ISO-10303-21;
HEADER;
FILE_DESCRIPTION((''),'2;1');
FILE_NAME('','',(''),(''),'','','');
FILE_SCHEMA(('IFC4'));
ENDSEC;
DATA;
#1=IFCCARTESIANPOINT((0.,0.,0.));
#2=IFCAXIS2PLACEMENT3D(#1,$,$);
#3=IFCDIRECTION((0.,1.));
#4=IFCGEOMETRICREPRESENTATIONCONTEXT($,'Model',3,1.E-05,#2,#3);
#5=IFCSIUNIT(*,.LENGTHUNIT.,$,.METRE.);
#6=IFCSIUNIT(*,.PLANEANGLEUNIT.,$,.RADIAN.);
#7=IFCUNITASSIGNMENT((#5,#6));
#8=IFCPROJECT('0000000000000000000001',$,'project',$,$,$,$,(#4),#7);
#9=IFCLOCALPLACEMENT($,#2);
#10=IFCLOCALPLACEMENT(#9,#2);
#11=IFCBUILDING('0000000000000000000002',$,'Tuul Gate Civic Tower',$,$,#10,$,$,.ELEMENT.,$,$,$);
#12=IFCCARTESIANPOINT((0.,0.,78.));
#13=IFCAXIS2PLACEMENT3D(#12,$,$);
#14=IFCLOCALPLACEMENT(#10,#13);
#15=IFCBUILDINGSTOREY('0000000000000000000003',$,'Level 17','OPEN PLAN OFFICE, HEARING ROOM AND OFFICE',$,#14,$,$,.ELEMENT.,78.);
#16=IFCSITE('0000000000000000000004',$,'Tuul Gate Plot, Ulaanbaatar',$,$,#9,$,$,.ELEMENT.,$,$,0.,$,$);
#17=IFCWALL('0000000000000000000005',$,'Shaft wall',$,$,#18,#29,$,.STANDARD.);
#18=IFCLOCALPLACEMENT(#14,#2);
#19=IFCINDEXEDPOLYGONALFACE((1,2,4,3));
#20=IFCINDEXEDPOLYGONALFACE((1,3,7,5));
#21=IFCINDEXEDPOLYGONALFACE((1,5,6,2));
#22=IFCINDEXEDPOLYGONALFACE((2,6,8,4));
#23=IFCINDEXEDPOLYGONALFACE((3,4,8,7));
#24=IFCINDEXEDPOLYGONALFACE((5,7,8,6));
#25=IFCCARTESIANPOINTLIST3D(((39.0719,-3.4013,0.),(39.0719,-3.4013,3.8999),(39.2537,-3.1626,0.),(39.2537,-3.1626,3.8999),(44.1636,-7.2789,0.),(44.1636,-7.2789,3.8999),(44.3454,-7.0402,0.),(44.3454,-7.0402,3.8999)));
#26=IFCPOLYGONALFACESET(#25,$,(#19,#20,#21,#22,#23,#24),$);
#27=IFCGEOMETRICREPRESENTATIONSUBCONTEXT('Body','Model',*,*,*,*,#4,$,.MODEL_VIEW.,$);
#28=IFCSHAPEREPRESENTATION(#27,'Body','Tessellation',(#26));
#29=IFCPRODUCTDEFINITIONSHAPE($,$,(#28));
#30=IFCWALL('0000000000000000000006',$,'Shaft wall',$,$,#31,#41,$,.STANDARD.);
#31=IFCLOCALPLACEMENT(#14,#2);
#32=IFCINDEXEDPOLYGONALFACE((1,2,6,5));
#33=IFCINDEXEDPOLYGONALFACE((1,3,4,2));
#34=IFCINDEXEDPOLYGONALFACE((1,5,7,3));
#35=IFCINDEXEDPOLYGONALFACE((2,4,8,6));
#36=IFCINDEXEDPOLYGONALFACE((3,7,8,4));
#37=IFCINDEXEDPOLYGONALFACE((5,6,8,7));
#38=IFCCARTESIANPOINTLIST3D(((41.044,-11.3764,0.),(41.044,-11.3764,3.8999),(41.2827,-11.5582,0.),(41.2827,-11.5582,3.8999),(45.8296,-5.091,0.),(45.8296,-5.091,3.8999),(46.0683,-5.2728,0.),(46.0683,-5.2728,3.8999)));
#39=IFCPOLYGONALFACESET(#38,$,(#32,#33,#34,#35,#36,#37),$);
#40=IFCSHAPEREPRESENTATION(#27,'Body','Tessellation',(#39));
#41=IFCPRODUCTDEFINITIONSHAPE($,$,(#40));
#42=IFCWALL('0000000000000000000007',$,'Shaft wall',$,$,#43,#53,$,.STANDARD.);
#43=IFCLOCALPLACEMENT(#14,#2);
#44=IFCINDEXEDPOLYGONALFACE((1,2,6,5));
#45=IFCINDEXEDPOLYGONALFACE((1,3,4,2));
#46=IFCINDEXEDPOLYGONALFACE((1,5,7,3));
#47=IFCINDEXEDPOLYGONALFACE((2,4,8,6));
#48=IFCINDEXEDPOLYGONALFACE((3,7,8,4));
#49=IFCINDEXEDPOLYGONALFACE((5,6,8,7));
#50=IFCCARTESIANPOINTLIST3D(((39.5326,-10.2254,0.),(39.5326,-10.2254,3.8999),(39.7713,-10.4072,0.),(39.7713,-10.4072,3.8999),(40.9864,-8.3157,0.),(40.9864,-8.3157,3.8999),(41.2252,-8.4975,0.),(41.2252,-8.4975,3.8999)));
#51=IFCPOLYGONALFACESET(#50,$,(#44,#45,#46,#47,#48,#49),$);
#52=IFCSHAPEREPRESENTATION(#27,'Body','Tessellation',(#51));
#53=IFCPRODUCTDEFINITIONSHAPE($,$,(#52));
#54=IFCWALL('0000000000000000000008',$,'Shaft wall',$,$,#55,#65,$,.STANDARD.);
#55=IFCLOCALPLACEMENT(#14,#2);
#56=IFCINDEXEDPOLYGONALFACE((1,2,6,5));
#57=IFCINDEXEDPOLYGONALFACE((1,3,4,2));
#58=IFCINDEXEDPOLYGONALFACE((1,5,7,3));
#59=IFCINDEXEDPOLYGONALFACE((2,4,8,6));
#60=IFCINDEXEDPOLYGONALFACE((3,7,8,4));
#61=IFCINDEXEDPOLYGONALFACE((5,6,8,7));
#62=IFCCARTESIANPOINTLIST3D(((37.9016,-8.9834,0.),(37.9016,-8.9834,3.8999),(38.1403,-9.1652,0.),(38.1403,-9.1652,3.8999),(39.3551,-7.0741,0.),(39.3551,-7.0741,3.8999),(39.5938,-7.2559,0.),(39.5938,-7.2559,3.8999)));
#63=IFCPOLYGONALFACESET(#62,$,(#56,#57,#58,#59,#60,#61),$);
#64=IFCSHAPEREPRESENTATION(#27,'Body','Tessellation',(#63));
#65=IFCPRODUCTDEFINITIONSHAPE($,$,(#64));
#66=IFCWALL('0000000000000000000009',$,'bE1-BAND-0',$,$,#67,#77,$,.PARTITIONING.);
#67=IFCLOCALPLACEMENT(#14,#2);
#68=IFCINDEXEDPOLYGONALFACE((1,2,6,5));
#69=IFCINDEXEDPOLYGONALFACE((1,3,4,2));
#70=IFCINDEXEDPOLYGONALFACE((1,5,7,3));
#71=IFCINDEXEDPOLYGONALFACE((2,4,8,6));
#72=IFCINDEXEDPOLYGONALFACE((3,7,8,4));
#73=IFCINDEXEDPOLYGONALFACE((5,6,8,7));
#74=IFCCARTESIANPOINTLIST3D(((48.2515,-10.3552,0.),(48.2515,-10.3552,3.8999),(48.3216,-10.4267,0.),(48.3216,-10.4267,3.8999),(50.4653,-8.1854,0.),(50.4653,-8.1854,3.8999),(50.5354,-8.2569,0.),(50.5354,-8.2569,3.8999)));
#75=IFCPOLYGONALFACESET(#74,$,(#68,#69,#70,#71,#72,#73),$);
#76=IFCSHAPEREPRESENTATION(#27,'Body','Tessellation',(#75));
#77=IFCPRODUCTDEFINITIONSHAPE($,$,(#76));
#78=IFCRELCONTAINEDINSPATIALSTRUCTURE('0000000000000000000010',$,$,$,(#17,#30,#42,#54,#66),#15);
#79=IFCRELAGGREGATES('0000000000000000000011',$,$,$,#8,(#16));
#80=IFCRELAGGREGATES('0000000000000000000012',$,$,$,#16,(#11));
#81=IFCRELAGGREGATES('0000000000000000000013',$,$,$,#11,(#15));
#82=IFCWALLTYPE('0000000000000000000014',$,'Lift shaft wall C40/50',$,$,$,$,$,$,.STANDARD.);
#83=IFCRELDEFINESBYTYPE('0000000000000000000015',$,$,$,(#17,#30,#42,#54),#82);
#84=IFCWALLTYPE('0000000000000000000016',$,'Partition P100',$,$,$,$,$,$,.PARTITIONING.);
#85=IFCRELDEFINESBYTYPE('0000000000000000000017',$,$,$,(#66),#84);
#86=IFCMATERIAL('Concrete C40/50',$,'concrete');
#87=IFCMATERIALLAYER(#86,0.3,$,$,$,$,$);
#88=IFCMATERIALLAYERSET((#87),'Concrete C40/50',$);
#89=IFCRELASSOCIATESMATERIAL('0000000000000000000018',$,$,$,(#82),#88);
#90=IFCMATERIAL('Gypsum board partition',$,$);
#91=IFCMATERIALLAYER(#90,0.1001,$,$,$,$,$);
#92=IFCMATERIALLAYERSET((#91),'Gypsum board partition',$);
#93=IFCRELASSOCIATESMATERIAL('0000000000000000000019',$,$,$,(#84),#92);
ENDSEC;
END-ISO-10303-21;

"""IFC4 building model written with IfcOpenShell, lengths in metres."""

from ifc_helpers import new_model, si_unit, direction, frame, frame_2d, origin, place, context, subcontext, project, spatial, rectangle, extrude, material, layer, layer_set, type_object, element, save


model = new_model("IFC4")

# Units and contexts
model_context = context("Model", 3, precision=1e-05, world=origin(), true_north=direction((0.0, 1.0)))
body_context = subcontext(model_context, "Body", "Model", "MODEL_VIEW")
ifc_project = project(units=[si_unit("LENGTHUNIT", "METRE"), si_unit("PLANEANGLEUNIT", "RADIAN")], contexts=[model_context])

# Site, building, storey
site_placement = place(None, origin())
site = spatial("IfcSite", under=ifc_project, at=site_placement, Name="Tuul Gate Plot, Ulaanbaatar", CompositionType="ELEMENT", RefElevation=0.0)
building_placement = place(site_placement, origin())
building = spatial("IfcBuilding", under=site, at=building_placement, Name="Tuul Gate Civic Tower", CompositionType="ELEMENT")
storey_placement = place(building_placement, frame((0.0, 0.0, 78.0)))
storey = spatial("IfcBuildingStorey", under=building, at=storey_placement, Name="Level 17", Description="OPEN PLAN OFFICE, HEARING ROOM AND OFFICE", CompositionType="ELEMENT", Elevation=78.0)

# Shared definitions
ifc_material_1 = material(Name="Concrete C40/50", Category="concrete")
ifc_layer_1 = layer(ifc_material_1, 0.3)
ifc_layer_set_1 = layer_set([ifc_layer_1], Name="Concrete C40/50")
wall_type_1 = type_object("IfcWallType", Name="Lift shaft wall C40/50", PredefinedType="STANDARD", material=ifc_layer_set_1)

# Walls
wall_1_placement = place(storey_placement, frame((44.2546, -7.1597, 0.0), z_axis=(0.0, 0.0, 1.0), x_axis=(-0.795566, 0.605867, 0.0)))
element("IfcWall", 1, at=wall_1_placement, inside=storey, type_object=wall_type_1, Name="Shaft wall", PredefinedType="STANDARD", context=body_context, shape_type="SweptSolid", body=[
    extrude(rectangle(XDim=6.4001, YDim=0.3, at=frame_2d((3.2002, 0.0))), origin(), (0.0, 0.0, 1.0), 3.8999),
])
wall_2_placement = place(storey_placement, frame((41.1633, -11.4673, 0.0), z_axis=(0.0, 0.0, 1.0), x_axis=(0.605784, 0.795629, 0.0)))
element("IfcWall", 2, at=wall_2_placement, inside=storey, type_object=wall_type_1, Name="Shaft wall", PredefinedType="STANDARD", context=body_context, shape_type="SweptSolid", body=[
    extrude(rectangle(XDim=7.8999, YDim=0.3, at=frame_2d((3.95, 0.0))), origin(), (0.0, 0.0, 1.0), 3.8999),
])
wall_3_placement = place(storey_placement, frame((39.6519, -10.3164, 0.0), z_axis=(0.0, 0.0, 1.0), x_axis=(0.605746, 0.795658, 0.0)))
element("IfcWall", 3, at=wall_3_placement, inside=storey, type_object=wall_type_1, Name="Shaft wall", PredefinedType="STANDARD", context=body_context, shape_type="SweptSolid", body=[
    extrude(rectangle(XDim=2.4001, YDim=0.3, at=frame_2d((1.2002, 0.0))), origin(), (0.0, 0.0, 1.0), 3.8999),
])
wall_4_placement = place(storey_placement, frame((38.021, -9.0742, 0.0), z_axis=(0.0, 0.0, 1.0), x_axis=(0.605731, 0.79567, 0.0)))
element("IfcWall", 4, at=wall_4_placement, inside=storey, type_object=wall_type_1, Name="Shaft wall", PredefinedType="STANDARD", context=body_context, shape_type="SweptSolid", body=[
    extrude(rectangle(XDim=2.3997, YDim=0.3, at=frame_2d((1.1997, 0.0))), origin(), (0.0, 0.0, 1.0), 3.8999),
])
ifc_material_2 = material(Name="Gypsum board partition")
ifc_layer_2 = layer(ifc_material_2, 0.1001)
ifc_layer_set_2 = layer_set([ifc_layer_2], Name="Gypsum board partition")
wall_type_2 = type_object("IfcWallType", Name="Partition P100", PredefinedType="PARTITIONING", material=ifc_layer_set_2)
wall_5_placement = place(storey_placement, frame((48.2866, -10.3909, 0.0), z_axis=(0.0, 0.0, 1.0), x_axis=(0.714159, 0.699983, 0.0)))
element("IfcWall", 5, at=wall_5_placement, inside=storey, type_object=wall_type_2, Name="bE1-BAND-0", PredefinedType="PARTITIONING", context=body_context, shape_type="SweptSolid", body=[
    extrude(rectangle(XDim=3.0999, YDim=0.1001, at=frame_2d((1.5498, 0.0))), origin(), (0.0, 0.0, 1.0), 3.8999),
])

save(model, "model.ifc")
